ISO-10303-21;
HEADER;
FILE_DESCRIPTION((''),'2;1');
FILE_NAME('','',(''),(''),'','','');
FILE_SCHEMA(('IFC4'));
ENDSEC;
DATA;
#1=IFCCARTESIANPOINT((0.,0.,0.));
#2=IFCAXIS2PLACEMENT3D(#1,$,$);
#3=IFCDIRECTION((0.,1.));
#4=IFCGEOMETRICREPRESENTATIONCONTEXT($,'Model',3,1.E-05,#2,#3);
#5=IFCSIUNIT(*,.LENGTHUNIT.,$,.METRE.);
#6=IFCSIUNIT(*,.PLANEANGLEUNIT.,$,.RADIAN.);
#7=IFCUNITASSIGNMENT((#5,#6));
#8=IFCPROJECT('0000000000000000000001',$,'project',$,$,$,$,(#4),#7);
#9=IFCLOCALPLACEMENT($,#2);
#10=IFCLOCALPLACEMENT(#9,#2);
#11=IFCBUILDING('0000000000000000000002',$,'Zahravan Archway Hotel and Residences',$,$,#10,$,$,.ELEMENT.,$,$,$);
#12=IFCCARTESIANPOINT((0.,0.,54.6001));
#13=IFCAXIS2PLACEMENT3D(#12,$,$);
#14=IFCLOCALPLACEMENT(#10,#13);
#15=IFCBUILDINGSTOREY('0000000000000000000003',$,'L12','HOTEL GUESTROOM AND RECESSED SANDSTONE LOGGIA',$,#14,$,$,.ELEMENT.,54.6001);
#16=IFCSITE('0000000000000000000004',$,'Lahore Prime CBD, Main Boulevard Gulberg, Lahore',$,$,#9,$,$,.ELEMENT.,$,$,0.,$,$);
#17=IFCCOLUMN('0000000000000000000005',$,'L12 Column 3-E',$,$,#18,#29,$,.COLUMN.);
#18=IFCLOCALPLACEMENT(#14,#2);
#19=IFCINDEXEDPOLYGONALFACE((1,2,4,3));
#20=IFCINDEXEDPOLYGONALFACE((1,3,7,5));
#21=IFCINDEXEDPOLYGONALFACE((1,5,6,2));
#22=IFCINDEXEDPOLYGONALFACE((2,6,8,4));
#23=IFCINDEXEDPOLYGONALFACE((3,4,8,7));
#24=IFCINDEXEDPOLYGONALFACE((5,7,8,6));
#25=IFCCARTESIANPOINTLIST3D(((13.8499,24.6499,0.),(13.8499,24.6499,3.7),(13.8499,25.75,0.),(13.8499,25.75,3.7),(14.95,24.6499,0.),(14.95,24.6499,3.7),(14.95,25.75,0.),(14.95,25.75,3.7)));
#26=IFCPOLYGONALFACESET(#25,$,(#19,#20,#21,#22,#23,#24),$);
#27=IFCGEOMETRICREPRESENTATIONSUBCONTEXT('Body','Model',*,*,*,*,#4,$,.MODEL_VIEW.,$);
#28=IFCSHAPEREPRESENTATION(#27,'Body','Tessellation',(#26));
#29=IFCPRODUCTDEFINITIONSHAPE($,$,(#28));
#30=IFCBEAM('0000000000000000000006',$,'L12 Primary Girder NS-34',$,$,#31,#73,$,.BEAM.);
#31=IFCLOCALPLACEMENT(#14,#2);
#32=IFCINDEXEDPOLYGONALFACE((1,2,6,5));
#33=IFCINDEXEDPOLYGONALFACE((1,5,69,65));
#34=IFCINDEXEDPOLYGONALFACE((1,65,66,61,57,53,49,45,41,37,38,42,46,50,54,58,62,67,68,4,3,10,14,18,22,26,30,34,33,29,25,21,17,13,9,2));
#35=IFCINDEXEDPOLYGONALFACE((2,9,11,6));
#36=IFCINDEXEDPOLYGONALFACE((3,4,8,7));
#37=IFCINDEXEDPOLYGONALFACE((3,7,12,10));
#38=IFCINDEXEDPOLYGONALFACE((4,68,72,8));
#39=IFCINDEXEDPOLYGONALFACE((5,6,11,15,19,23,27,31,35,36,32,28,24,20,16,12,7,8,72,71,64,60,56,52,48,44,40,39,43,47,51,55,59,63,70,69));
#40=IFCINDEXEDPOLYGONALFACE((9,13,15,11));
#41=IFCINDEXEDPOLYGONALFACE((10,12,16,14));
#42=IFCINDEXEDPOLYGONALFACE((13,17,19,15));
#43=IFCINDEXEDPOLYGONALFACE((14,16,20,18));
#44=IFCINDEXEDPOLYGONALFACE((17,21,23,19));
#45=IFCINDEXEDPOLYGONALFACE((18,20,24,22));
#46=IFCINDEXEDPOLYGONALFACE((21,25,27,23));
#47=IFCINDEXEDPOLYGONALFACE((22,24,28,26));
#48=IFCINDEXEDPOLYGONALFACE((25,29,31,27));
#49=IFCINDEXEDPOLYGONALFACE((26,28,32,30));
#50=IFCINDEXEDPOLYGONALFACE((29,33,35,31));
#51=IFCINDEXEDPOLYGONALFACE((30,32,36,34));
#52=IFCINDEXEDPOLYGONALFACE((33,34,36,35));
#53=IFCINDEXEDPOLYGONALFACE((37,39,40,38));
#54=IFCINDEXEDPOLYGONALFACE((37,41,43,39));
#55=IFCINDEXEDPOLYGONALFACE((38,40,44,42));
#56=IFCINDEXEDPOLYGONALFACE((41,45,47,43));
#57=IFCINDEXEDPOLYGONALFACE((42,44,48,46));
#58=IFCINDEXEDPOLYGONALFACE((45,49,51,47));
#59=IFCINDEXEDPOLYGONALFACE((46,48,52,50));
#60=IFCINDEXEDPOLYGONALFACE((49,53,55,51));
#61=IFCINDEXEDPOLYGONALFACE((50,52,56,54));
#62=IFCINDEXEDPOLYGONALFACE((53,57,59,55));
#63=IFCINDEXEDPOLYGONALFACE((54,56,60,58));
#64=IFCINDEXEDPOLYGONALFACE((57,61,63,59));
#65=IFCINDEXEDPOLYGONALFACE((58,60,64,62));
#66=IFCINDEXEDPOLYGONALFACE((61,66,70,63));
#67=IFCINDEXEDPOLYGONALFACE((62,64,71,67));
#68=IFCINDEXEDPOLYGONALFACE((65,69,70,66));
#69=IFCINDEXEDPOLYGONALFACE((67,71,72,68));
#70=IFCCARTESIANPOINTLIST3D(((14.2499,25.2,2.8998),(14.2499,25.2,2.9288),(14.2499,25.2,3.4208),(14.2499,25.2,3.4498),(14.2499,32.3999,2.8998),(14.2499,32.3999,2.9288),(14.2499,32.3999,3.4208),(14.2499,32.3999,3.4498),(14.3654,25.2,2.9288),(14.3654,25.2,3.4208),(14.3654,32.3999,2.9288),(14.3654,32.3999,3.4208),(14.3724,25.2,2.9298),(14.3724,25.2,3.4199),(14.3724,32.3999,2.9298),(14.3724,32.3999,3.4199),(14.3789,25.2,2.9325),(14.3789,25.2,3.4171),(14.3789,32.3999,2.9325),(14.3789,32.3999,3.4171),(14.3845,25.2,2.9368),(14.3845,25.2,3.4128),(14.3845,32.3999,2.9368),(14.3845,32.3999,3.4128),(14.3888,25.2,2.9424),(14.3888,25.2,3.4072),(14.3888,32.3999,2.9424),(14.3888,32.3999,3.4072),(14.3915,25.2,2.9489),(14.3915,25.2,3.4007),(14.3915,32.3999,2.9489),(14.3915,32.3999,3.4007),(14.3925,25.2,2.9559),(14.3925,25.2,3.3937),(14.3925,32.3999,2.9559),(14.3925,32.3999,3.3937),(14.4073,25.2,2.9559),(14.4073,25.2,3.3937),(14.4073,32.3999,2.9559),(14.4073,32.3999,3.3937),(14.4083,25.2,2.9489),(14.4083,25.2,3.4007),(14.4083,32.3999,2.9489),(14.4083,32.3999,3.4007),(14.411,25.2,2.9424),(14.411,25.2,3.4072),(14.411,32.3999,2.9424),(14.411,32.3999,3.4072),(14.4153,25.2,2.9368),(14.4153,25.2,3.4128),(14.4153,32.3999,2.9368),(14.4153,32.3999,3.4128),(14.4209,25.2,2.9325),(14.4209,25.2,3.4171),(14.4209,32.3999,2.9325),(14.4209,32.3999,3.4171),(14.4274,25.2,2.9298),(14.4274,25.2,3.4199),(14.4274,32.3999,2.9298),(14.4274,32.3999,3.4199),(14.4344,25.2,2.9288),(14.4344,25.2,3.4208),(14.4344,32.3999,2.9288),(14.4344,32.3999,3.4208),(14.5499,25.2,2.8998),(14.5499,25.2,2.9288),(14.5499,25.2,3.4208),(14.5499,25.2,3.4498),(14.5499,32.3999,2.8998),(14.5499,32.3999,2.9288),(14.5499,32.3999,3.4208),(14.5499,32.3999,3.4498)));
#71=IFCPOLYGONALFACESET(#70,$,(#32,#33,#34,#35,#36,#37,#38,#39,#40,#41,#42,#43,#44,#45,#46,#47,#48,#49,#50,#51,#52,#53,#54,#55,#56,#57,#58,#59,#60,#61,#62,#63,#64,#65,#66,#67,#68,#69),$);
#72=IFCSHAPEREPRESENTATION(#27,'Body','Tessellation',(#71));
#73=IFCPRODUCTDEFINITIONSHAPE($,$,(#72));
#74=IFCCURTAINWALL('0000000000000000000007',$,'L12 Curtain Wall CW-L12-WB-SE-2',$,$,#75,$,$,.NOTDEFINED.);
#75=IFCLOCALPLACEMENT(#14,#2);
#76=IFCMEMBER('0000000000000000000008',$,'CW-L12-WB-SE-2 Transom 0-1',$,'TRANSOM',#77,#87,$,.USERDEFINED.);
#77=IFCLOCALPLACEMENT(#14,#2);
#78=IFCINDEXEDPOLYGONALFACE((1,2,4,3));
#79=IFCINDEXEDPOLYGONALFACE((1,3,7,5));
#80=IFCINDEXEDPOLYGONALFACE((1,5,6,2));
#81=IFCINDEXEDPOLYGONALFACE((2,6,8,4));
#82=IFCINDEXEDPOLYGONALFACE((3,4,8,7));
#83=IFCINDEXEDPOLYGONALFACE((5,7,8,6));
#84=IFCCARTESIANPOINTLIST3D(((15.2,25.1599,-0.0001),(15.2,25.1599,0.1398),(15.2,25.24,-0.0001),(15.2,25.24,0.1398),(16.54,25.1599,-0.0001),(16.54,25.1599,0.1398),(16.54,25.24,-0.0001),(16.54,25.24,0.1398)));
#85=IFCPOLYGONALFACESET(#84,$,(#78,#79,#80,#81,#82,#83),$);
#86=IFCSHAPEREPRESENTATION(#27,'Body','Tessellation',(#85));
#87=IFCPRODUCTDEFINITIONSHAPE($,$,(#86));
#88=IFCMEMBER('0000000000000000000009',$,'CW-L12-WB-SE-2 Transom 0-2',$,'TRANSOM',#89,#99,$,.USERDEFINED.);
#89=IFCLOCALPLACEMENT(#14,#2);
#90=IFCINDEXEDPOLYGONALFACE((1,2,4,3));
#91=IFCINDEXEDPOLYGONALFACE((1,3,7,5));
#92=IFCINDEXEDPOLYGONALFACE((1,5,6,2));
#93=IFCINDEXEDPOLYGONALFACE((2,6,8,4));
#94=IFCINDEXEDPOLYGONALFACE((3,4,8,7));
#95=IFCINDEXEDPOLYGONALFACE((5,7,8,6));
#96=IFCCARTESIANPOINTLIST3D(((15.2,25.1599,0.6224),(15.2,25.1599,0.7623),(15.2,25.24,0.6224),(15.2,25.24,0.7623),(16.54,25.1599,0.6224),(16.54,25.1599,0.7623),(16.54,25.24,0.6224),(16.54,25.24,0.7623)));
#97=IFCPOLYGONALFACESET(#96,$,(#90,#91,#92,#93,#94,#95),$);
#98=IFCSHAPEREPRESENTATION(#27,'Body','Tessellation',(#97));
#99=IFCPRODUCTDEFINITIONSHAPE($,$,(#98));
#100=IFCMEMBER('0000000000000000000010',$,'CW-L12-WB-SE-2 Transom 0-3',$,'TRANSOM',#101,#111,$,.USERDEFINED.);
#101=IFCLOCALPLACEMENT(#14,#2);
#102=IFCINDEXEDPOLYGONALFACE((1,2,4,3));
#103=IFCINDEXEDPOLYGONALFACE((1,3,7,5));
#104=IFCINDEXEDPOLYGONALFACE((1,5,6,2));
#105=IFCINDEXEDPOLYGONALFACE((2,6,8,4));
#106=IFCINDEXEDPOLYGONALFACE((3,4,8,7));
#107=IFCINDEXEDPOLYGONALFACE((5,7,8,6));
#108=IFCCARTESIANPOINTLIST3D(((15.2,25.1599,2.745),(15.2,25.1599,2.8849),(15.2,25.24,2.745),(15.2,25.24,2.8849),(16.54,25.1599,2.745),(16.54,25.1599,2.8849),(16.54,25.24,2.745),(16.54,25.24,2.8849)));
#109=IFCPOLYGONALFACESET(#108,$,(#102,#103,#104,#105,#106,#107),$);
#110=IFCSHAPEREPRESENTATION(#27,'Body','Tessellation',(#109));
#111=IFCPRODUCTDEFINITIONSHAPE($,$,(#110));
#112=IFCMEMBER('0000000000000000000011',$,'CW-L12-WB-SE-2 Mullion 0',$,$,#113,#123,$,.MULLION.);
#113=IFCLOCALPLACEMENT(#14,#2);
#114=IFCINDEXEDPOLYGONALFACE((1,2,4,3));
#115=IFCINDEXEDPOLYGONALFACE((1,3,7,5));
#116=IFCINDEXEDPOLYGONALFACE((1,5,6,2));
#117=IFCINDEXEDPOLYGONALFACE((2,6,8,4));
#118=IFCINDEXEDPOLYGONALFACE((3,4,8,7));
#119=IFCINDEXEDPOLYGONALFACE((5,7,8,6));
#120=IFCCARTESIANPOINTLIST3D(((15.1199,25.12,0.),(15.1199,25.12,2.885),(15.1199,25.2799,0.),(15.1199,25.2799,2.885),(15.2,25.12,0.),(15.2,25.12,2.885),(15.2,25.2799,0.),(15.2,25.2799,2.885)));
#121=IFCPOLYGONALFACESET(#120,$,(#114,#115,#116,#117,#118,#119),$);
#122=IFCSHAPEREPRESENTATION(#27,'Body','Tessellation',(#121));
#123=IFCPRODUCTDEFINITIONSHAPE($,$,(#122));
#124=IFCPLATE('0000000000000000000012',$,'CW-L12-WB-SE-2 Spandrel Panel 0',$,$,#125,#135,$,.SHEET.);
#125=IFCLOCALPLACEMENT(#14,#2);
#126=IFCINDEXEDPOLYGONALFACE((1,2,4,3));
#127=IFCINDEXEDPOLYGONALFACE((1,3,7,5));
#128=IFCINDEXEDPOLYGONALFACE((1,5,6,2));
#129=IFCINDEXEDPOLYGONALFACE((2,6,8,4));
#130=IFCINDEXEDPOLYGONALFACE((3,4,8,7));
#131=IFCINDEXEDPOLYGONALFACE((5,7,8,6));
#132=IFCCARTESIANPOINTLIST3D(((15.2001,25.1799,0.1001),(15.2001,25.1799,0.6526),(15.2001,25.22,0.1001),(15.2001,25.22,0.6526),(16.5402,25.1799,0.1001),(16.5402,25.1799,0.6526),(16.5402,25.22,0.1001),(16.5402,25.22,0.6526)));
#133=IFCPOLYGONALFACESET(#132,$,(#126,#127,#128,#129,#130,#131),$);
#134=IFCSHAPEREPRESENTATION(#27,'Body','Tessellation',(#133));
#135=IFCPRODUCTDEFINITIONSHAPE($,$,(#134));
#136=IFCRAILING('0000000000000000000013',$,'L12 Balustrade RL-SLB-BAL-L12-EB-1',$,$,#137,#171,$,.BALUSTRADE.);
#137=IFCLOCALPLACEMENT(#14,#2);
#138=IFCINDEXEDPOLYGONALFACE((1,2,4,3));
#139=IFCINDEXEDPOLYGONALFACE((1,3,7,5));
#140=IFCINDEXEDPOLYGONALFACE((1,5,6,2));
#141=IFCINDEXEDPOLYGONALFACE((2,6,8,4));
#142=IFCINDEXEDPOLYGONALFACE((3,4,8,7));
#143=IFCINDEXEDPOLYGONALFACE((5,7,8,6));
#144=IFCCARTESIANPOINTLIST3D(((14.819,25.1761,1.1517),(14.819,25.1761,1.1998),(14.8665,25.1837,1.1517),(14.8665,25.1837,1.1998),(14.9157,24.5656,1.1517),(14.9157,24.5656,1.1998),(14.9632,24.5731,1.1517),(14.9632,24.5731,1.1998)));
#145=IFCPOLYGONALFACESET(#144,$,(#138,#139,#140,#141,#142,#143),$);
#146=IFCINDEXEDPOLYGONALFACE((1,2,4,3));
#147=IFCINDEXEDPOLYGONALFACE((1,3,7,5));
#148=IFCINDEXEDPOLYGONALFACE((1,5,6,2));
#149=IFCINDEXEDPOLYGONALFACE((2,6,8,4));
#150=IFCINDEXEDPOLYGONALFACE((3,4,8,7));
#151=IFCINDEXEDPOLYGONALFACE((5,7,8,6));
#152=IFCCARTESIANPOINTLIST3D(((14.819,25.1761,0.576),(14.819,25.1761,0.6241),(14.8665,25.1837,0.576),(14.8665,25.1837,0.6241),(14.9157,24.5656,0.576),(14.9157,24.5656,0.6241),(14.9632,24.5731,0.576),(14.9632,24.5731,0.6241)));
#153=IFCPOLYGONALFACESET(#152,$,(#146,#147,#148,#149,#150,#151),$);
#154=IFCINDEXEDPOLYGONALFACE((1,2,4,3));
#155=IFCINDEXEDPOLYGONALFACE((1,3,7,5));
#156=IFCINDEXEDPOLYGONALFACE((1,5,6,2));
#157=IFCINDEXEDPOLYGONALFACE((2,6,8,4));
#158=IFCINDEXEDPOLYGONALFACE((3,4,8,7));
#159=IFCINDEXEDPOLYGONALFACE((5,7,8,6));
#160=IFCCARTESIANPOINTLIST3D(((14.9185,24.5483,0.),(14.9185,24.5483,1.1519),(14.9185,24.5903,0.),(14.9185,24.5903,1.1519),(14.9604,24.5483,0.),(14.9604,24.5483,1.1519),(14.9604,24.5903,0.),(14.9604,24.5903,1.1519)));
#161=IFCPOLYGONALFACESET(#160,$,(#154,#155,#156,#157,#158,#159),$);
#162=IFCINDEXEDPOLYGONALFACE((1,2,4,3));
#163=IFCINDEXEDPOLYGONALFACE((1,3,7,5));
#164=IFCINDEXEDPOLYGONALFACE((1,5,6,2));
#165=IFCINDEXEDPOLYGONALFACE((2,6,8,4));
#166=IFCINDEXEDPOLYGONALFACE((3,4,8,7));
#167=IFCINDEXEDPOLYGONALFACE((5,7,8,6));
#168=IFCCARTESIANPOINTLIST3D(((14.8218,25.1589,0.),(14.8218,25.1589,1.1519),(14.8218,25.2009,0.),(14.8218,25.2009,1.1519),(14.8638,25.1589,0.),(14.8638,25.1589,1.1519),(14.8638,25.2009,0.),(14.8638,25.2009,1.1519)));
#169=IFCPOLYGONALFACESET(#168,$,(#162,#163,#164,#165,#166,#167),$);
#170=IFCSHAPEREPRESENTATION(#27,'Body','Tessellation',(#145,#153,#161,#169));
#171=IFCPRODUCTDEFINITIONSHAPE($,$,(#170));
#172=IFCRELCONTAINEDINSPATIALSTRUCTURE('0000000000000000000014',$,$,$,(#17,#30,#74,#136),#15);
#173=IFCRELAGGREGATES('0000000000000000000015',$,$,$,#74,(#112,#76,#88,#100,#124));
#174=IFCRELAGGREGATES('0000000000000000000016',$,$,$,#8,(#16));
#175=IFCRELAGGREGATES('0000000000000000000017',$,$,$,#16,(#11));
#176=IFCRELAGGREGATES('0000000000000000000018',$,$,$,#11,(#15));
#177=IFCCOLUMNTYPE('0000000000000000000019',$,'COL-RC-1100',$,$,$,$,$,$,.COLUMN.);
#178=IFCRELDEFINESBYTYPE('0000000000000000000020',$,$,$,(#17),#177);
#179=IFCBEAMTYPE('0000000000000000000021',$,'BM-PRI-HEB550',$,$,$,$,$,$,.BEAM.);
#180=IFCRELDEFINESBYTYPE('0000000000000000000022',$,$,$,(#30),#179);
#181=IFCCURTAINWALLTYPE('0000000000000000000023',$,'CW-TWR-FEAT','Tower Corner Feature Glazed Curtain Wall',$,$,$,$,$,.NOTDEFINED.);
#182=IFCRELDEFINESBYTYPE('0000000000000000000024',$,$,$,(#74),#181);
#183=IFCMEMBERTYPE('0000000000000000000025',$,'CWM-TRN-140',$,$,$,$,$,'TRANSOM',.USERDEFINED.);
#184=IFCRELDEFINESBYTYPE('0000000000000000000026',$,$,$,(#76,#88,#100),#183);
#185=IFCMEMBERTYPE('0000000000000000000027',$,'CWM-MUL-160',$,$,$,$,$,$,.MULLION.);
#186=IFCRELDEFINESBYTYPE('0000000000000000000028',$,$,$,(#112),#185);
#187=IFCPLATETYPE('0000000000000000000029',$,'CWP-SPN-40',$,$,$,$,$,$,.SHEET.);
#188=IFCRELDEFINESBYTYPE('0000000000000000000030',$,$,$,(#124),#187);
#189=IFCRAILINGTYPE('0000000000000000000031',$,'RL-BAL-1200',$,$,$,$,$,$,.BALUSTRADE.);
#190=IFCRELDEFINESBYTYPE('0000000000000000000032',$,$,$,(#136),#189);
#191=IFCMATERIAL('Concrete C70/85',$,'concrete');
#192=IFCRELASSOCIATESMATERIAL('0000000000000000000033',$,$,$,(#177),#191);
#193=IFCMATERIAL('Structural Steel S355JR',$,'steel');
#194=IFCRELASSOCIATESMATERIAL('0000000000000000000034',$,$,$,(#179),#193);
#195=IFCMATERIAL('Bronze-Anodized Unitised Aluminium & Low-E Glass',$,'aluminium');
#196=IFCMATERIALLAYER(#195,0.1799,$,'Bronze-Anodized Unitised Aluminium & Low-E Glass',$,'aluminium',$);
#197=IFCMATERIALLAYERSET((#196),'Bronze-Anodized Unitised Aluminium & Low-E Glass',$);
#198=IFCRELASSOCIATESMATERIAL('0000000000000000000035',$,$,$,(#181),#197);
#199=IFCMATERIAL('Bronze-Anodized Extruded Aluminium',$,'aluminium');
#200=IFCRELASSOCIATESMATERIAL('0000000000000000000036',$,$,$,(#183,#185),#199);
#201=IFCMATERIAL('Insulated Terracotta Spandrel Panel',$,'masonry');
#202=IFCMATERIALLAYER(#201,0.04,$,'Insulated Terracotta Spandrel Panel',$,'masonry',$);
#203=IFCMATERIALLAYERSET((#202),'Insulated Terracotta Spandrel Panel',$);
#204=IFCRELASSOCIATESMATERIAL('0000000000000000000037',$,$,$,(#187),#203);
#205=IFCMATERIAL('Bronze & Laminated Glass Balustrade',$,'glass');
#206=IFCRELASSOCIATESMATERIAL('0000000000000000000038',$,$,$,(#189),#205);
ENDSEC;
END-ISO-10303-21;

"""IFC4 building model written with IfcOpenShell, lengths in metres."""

from ifc_helpers import new_model, si_unit, direction, frame, origin, origin_2d, place, context, subcontext, project, spatial, rectangle, i_section, extrude, source, transform, mapped, material, layer, layer_set, material_profile, profile_set, type_object, element, aggregate, save


model = new_model("IFC4")

# Units and contexts
model_context = context("Model", 3, precision=1e-05, world=origin(), true_north=direction((0.0, 1.0)))
body_context = subcontext(model_context, "Body", "Model", "MODEL_VIEW")
ifc_project = project(units=[si_unit("LENGTHUNIT", "METRE"), si_unit("PLANEANGLEUNIT", "RADIAN")], contexts=[model_context])

# Site, building, storey
site_placement = place(None, origin())
site = spatial("IfcSite", under=ifc_project, at=site_placement, Name="Lahore Prime CBD, Main Boulevard Gulberg, Lahore", CompositionType="ELEMENT", RefElevation=0.0)
building_placement = place(site_placement, origin())
building = spatial("IfcBuilding", under=site, at=building_placement, Name="Zahravan Archway Hotel and Residences", CompositionType="ELEMENT")
storey_placement = place(building_placement, frame((0.0, 0.0, 54.6001)))
storey = spatial("IfcBuildingStorey", under=building, at=storey_placement, Name="L12", Description="HOTEL GUESTROOM AND RECESSED SANDSTONE LOGGIA", CompositionType="ELEMENT", Elevation=54.6001)

# Column
ifc_material_1 = material(Name="Concrete C70/85", Category="concrete")
ifc_material_profile_1 = material_profile(ifc_material_1, rectangle(XDim=1.1001, YDim=1.1001, at=origin_2d()), Name="RC 1100x1100", Category="concrete")
ifc_profile_set_1 = profile_set([ifc_material_profile_1], Name="Concrete C70/85")
column_type = type_object("IfcColumnType", Name="COL-RC-1100", PredefinedType="COLUMN", material=ifc_profile_set_1)
shared_shape_1 = source(origin(), body_context, "Body", "SweptSolid", [
    extrude(rectangle(XDim=1.1001, YDim=1.1001, at=origin_2d()), origin(), (0.0, 0.0, 1.0), 3.7),
])
column_placement = place(storey_placement, frame((14.3999, 25.2, 0.0), z_axis=(0.0, 0.0, 1.0), x_axis=(1.0, 0.0, 0.0)))
element("IfcColumn", 1, at=column_placement, inside=storey, type_object=column_type, Name="L12 Column 3-E", PredefinedType="COLUMN", context=body_context, shape_type="MappedRepresentation", body=[
    mapped(shared_shape_1, transform((0.0, 0.0, 0.0), scale=1.0)),
])

# Beam
ifc_material_2 = material(Name="Structural Steel S355JR", Category="steel")
ifc_material_profile_2 = material_profile(ifc_material_2, i_section(OverallWidth=0.3, OverallDepth=0.55, WebThickness=0.0149, FlangeThickness=0.0291, FilletRadius=0.0271, at=origin_2d()), Name="HEB 550", Category="steel")
ifc_profile_set_2 = profile_set([ifc_material_profile_2], Name="Structural Steel S355JR")
beam_type = type_object("IfcBeamType", Name="BM-PRI-HEB550", PredefinedType="BEAM", material=ifc_profile_set_2)
shared_shape_2 = source(origin(), body_context, "Body", "SweptSolid", [
    extrude(i_section(OverallWidth=0.3, OverallDepth=0.55, WebThickness=0.0149, FlangeThickness=0.0291, FilletRadius=0.0271, at=origin_2d()), origin(), (0.0, 0.0, 1.0), 7.2),
])
beam_placement = place(storey_placement, frame((14.3999, 25.2, 3.1748), z_axis=(0.0, 1.0, 0.0), x_axis=(-1.0, 0.0, 0.0)))
element("IfcBeam", 2, at=beam_placement, inside=storey, type_object=beam_type, Name="L12 Primary Girder NS-34", PredefinedType="BEAM", context=body_context, shape_type="MappedRepresentation", body=[
    mapped(shared_shape_2, transform((0.0, 0.0, 0.0), scale=1.0)),
])

# Curtain wall, members, plate
ifc_material_3 = material(Name="Bronze-Anodized Unitised Aluminium & Low-E Glass", Category="aluminium")
ifc_layer_1 = layer(ifc_material_3, 0.1799, Name="Bronze-Anodized Unitised Aluminium & Low-E Glass", Category="aluminium")
ifc_layer_set_1 = layer_set([ifc_layer_1], Name="Bronze-Anodized Unitised Aluminium & Low-E Glass")
curtain_wall_type = type_object("IfcCurtainWallType", Name="CW-TWR-FEAT", Description="Tower Corner Feature Glazed Curtain Wall", PredefinedType="NOTDEFINED", material=ifc_layer_set_1)
curtain_wall_placement = place(storey_placement, origin())
curtain_wall = element("IfcCurtainWall", 3, at=curtain_wall_placement, inside=storey, type_object=curtain_wall_type, Name="L12 Curtain Wall CW-L12-WB-SE-2", PredefinedType="NOTDEFINED")
ifc_material_4 = material(Name="Bronze-Anodized Extruded Aluminium", Category="aluminium")
ifc_material_profile_3 = material_profile(ifc_material_4, rectangle(XDim=0.0801, YDim=0.1399, at=origin_2d()), Name="TRN 80x140", Category="aluminium")
ifc_profile_set_3 = profile_set([ifc_material_profile_3], Name="Bronze-Anodized Extruded Aluminium")
member_type_1 = type_object("IfcMemberType", Name="CWM-TRN-140", ElementType="TRANSOM", PredefinedType="USERDEFINED", material=ifc_profile_set_3)
shared_shape_3 = source(origin(), body_context, "Body", "SweptSolid", [
    extrude(rectangle(XDim=0.0801, YDim=0.1399, at=origin_2d()), origin(), (0.0, 0.0, 1.0), 1.3401),
])
member_1_placement = place(storey_placement, frame((15.2, 25.2, 0.0698), z_axis=(1.0, 0.0, 0.0), x_axis=(0.0, 1.0, 0.0)))
member_1 = element("IfcMember", 4, at=member_1_placement, type_object=member_type_1, Name="CW-L12-WB-SE-2 Transom 0-1", ObjectType="TRANSOM", PredefinedType="USERDEFINED", context=body_context, shape_type="MappedRepresentation", body=[
    mapped(shared_shape_3, transform((0.0, 0.0, 0.0), scale=1.0)),
])
member_2_placement = place(storey_placement, frame((15.2, 25.2, 0.6924), z_axis=(1.0, 0.0, 0.0), x_axis=(0.0, 1.0, 0.0)))
member_2 = element("IfcMember", 5, at=member_2_placement, type_object=member_type_1, Name="CW-L12-WB-SE-2 Transom 0-2", ObjectType="TRANSOM", PredefinedType="USERDEFINED", context=body_context, shape_type="MappedRepresentation", body=[
    mapped(shared_shape_3, transform((0.0, 0.0, 0.0), scale=1.0)),
])
member_3_placement = place(storey_placement, frame((15.2, 25.2, 2.8149), z_axis=(1.0, 0.0, 0.0), x_axis=(0.0, 1.0, 0.0)))
member_3 = element("IfcMember", 6, at=member_3_placement, type_object=member_type_1, Name="CW-L12-WB-SE-2 Transom 0-3", ObjectType="TRANSOM", PredefinedType="USERDEFINED", context=body_context, shape_type="MappedRepresentation", body=[
    mapped(shared_shape_3, transform((0.0, 0.0, 0.0), scale=1.0)),
])
ifc_material_profile_4 = material_profile(ifc_material_4, rectangle(XDim=0.0801, YDim=0.1599, at=origin_2d()), Name="MUL 80x160", Category="aluminium")
ifc_profile_set_4 = profile_set([ifc_material_profile_4], Name="Bronze-Anodized Extruded Aluminium")
member_type_2 = type_object("IfcMemberType", Name="CWM-MUL-160", PredefinedType="MULLION", material=ifc_profile_set_4)
shared_shape_4 = source(origin(), body_context, "Body", "SweptSolid", [
    extrude(rectangle(XDim=0.0801, YDim=0.1599, at=origin_2d()), origin(), (0.0, 0.0, 1.0), 2.885),
])
member_4_placement = place(storey_placement, frame((15.1599, 25.2, 0.0), z_axis=(0.0, 0.0, 1.0), x_axis=(1.0, 0.0, 0.0)))
member_4 = element("IfcMember", 7, at=member_4_placement, type_object=member_type_2, Name="CW-L12-WB-SE-2 Mullion 0", PredefinedType="MULLION", context=body_context, shape_type="MappedRepresentation", body=[
    mapped(shared_shape_4, transform((0.0, 0.0, 0.0), scale=1.0)),
])
ifc_material_5 = material(Name="Insulated Terracotta Spandrel Panel", Category="masonry")
ifc_layer_2 = layer(ifc_material_5, 0.04, Name="Insulated Terracotta Spandrel Panel", Category="masonry")
ifc_layer_set_2 = layer_set([ifc_layer_2], Name="Insulated Terracotta Spandrel Panel")
plate_type = type_object("IfcPlateType", Name="CWP-SPN-40", PredefinedType="SHEET", material=ifc_layer_set_2)
shared_shape_5 = source(origin(), body_context, "Body", "SweptSolid", [
    extrude(rectangle(XDim=1.3401, YDim=0.04, at=origin_2d()), origin(), (0.0, 0.0, 1.0), 0.5525),
])
plate_placement = place(storey_placement, frame((15.8701, 25.2, 0.1001), z_axis=(0.0, 0.0, 1.0), x_axis=(1.0, 0.0, 0.0)))
plate = element("IfcPlate", 8, at=plate_placement, type_object=plate_type, Name="CW-L12-WB-SE-2 Spandrel Panel 0", PredefinedType="SHEET", context=body_context, shape_type="MappedRepresentation", body=[
    mapped(shared_shape_5, transform((0.0, 0.0, 0.0), scale=1.0)),
])
aggregate(curtain_wall, [member_4, member_1, member_2, member_3, plate])

# Railing
ifc_material_6 = material(Name="Bronze & Laminated Glass Balustrade", Category="glass")
railing_type = type_object("IfcRailingType", Name="RL-BAL-1200", PredefinedType="BALUSTRADE", material=ifc_material_6)
railing_placement = place(storey_placement, frame((14.9395, 24.5693, 0.0)))
element("IfcRailing", 9, at=railing_placement, inside=storey, type_object=railing_type, Name="L12 Balustrade RL-SLB-BAL-L12-EB-1", PredefinedType="BALUSTRADE", context=body_context, shape_type="SweptSolid", body=[
    extrude(rectangle(XDim=0.0481, YDim=0.0481, at=origin_2d()), frame((0.0, 0.0, 1.1758), z_axis=(-0.156388, 0.987696, 0.0), x_axis=(-0.987696, -0.156388, 0.0)), (0.0, 0.0, 1.0), 0.6182),
    extrude(rectangle(XDim=0.0481, YDim=0.0481, at=origin_2d()), frame((0.0, 0.0, 0.6001), z_axis=(-0.156388, 0.987696, 0.0), x_axis=(-0.987696, -0.156388, 0.0)), (0.0, 0.0, 1.0), 0.6182),
    extrude(rectangle(XDim=0.042, YDim=0.042, at=origin_2d()), origin(), (0.0, 0.0, 1.0), 1.1519),
    extrude(rectangle(XDim=0.042, YDim=0.042, at=origin_2d()), frame((-0.0967, 0.6106, 0.0)), (0.0, 0.0, 1.0), 1.1519),
])

save(model, "model.ifc")
